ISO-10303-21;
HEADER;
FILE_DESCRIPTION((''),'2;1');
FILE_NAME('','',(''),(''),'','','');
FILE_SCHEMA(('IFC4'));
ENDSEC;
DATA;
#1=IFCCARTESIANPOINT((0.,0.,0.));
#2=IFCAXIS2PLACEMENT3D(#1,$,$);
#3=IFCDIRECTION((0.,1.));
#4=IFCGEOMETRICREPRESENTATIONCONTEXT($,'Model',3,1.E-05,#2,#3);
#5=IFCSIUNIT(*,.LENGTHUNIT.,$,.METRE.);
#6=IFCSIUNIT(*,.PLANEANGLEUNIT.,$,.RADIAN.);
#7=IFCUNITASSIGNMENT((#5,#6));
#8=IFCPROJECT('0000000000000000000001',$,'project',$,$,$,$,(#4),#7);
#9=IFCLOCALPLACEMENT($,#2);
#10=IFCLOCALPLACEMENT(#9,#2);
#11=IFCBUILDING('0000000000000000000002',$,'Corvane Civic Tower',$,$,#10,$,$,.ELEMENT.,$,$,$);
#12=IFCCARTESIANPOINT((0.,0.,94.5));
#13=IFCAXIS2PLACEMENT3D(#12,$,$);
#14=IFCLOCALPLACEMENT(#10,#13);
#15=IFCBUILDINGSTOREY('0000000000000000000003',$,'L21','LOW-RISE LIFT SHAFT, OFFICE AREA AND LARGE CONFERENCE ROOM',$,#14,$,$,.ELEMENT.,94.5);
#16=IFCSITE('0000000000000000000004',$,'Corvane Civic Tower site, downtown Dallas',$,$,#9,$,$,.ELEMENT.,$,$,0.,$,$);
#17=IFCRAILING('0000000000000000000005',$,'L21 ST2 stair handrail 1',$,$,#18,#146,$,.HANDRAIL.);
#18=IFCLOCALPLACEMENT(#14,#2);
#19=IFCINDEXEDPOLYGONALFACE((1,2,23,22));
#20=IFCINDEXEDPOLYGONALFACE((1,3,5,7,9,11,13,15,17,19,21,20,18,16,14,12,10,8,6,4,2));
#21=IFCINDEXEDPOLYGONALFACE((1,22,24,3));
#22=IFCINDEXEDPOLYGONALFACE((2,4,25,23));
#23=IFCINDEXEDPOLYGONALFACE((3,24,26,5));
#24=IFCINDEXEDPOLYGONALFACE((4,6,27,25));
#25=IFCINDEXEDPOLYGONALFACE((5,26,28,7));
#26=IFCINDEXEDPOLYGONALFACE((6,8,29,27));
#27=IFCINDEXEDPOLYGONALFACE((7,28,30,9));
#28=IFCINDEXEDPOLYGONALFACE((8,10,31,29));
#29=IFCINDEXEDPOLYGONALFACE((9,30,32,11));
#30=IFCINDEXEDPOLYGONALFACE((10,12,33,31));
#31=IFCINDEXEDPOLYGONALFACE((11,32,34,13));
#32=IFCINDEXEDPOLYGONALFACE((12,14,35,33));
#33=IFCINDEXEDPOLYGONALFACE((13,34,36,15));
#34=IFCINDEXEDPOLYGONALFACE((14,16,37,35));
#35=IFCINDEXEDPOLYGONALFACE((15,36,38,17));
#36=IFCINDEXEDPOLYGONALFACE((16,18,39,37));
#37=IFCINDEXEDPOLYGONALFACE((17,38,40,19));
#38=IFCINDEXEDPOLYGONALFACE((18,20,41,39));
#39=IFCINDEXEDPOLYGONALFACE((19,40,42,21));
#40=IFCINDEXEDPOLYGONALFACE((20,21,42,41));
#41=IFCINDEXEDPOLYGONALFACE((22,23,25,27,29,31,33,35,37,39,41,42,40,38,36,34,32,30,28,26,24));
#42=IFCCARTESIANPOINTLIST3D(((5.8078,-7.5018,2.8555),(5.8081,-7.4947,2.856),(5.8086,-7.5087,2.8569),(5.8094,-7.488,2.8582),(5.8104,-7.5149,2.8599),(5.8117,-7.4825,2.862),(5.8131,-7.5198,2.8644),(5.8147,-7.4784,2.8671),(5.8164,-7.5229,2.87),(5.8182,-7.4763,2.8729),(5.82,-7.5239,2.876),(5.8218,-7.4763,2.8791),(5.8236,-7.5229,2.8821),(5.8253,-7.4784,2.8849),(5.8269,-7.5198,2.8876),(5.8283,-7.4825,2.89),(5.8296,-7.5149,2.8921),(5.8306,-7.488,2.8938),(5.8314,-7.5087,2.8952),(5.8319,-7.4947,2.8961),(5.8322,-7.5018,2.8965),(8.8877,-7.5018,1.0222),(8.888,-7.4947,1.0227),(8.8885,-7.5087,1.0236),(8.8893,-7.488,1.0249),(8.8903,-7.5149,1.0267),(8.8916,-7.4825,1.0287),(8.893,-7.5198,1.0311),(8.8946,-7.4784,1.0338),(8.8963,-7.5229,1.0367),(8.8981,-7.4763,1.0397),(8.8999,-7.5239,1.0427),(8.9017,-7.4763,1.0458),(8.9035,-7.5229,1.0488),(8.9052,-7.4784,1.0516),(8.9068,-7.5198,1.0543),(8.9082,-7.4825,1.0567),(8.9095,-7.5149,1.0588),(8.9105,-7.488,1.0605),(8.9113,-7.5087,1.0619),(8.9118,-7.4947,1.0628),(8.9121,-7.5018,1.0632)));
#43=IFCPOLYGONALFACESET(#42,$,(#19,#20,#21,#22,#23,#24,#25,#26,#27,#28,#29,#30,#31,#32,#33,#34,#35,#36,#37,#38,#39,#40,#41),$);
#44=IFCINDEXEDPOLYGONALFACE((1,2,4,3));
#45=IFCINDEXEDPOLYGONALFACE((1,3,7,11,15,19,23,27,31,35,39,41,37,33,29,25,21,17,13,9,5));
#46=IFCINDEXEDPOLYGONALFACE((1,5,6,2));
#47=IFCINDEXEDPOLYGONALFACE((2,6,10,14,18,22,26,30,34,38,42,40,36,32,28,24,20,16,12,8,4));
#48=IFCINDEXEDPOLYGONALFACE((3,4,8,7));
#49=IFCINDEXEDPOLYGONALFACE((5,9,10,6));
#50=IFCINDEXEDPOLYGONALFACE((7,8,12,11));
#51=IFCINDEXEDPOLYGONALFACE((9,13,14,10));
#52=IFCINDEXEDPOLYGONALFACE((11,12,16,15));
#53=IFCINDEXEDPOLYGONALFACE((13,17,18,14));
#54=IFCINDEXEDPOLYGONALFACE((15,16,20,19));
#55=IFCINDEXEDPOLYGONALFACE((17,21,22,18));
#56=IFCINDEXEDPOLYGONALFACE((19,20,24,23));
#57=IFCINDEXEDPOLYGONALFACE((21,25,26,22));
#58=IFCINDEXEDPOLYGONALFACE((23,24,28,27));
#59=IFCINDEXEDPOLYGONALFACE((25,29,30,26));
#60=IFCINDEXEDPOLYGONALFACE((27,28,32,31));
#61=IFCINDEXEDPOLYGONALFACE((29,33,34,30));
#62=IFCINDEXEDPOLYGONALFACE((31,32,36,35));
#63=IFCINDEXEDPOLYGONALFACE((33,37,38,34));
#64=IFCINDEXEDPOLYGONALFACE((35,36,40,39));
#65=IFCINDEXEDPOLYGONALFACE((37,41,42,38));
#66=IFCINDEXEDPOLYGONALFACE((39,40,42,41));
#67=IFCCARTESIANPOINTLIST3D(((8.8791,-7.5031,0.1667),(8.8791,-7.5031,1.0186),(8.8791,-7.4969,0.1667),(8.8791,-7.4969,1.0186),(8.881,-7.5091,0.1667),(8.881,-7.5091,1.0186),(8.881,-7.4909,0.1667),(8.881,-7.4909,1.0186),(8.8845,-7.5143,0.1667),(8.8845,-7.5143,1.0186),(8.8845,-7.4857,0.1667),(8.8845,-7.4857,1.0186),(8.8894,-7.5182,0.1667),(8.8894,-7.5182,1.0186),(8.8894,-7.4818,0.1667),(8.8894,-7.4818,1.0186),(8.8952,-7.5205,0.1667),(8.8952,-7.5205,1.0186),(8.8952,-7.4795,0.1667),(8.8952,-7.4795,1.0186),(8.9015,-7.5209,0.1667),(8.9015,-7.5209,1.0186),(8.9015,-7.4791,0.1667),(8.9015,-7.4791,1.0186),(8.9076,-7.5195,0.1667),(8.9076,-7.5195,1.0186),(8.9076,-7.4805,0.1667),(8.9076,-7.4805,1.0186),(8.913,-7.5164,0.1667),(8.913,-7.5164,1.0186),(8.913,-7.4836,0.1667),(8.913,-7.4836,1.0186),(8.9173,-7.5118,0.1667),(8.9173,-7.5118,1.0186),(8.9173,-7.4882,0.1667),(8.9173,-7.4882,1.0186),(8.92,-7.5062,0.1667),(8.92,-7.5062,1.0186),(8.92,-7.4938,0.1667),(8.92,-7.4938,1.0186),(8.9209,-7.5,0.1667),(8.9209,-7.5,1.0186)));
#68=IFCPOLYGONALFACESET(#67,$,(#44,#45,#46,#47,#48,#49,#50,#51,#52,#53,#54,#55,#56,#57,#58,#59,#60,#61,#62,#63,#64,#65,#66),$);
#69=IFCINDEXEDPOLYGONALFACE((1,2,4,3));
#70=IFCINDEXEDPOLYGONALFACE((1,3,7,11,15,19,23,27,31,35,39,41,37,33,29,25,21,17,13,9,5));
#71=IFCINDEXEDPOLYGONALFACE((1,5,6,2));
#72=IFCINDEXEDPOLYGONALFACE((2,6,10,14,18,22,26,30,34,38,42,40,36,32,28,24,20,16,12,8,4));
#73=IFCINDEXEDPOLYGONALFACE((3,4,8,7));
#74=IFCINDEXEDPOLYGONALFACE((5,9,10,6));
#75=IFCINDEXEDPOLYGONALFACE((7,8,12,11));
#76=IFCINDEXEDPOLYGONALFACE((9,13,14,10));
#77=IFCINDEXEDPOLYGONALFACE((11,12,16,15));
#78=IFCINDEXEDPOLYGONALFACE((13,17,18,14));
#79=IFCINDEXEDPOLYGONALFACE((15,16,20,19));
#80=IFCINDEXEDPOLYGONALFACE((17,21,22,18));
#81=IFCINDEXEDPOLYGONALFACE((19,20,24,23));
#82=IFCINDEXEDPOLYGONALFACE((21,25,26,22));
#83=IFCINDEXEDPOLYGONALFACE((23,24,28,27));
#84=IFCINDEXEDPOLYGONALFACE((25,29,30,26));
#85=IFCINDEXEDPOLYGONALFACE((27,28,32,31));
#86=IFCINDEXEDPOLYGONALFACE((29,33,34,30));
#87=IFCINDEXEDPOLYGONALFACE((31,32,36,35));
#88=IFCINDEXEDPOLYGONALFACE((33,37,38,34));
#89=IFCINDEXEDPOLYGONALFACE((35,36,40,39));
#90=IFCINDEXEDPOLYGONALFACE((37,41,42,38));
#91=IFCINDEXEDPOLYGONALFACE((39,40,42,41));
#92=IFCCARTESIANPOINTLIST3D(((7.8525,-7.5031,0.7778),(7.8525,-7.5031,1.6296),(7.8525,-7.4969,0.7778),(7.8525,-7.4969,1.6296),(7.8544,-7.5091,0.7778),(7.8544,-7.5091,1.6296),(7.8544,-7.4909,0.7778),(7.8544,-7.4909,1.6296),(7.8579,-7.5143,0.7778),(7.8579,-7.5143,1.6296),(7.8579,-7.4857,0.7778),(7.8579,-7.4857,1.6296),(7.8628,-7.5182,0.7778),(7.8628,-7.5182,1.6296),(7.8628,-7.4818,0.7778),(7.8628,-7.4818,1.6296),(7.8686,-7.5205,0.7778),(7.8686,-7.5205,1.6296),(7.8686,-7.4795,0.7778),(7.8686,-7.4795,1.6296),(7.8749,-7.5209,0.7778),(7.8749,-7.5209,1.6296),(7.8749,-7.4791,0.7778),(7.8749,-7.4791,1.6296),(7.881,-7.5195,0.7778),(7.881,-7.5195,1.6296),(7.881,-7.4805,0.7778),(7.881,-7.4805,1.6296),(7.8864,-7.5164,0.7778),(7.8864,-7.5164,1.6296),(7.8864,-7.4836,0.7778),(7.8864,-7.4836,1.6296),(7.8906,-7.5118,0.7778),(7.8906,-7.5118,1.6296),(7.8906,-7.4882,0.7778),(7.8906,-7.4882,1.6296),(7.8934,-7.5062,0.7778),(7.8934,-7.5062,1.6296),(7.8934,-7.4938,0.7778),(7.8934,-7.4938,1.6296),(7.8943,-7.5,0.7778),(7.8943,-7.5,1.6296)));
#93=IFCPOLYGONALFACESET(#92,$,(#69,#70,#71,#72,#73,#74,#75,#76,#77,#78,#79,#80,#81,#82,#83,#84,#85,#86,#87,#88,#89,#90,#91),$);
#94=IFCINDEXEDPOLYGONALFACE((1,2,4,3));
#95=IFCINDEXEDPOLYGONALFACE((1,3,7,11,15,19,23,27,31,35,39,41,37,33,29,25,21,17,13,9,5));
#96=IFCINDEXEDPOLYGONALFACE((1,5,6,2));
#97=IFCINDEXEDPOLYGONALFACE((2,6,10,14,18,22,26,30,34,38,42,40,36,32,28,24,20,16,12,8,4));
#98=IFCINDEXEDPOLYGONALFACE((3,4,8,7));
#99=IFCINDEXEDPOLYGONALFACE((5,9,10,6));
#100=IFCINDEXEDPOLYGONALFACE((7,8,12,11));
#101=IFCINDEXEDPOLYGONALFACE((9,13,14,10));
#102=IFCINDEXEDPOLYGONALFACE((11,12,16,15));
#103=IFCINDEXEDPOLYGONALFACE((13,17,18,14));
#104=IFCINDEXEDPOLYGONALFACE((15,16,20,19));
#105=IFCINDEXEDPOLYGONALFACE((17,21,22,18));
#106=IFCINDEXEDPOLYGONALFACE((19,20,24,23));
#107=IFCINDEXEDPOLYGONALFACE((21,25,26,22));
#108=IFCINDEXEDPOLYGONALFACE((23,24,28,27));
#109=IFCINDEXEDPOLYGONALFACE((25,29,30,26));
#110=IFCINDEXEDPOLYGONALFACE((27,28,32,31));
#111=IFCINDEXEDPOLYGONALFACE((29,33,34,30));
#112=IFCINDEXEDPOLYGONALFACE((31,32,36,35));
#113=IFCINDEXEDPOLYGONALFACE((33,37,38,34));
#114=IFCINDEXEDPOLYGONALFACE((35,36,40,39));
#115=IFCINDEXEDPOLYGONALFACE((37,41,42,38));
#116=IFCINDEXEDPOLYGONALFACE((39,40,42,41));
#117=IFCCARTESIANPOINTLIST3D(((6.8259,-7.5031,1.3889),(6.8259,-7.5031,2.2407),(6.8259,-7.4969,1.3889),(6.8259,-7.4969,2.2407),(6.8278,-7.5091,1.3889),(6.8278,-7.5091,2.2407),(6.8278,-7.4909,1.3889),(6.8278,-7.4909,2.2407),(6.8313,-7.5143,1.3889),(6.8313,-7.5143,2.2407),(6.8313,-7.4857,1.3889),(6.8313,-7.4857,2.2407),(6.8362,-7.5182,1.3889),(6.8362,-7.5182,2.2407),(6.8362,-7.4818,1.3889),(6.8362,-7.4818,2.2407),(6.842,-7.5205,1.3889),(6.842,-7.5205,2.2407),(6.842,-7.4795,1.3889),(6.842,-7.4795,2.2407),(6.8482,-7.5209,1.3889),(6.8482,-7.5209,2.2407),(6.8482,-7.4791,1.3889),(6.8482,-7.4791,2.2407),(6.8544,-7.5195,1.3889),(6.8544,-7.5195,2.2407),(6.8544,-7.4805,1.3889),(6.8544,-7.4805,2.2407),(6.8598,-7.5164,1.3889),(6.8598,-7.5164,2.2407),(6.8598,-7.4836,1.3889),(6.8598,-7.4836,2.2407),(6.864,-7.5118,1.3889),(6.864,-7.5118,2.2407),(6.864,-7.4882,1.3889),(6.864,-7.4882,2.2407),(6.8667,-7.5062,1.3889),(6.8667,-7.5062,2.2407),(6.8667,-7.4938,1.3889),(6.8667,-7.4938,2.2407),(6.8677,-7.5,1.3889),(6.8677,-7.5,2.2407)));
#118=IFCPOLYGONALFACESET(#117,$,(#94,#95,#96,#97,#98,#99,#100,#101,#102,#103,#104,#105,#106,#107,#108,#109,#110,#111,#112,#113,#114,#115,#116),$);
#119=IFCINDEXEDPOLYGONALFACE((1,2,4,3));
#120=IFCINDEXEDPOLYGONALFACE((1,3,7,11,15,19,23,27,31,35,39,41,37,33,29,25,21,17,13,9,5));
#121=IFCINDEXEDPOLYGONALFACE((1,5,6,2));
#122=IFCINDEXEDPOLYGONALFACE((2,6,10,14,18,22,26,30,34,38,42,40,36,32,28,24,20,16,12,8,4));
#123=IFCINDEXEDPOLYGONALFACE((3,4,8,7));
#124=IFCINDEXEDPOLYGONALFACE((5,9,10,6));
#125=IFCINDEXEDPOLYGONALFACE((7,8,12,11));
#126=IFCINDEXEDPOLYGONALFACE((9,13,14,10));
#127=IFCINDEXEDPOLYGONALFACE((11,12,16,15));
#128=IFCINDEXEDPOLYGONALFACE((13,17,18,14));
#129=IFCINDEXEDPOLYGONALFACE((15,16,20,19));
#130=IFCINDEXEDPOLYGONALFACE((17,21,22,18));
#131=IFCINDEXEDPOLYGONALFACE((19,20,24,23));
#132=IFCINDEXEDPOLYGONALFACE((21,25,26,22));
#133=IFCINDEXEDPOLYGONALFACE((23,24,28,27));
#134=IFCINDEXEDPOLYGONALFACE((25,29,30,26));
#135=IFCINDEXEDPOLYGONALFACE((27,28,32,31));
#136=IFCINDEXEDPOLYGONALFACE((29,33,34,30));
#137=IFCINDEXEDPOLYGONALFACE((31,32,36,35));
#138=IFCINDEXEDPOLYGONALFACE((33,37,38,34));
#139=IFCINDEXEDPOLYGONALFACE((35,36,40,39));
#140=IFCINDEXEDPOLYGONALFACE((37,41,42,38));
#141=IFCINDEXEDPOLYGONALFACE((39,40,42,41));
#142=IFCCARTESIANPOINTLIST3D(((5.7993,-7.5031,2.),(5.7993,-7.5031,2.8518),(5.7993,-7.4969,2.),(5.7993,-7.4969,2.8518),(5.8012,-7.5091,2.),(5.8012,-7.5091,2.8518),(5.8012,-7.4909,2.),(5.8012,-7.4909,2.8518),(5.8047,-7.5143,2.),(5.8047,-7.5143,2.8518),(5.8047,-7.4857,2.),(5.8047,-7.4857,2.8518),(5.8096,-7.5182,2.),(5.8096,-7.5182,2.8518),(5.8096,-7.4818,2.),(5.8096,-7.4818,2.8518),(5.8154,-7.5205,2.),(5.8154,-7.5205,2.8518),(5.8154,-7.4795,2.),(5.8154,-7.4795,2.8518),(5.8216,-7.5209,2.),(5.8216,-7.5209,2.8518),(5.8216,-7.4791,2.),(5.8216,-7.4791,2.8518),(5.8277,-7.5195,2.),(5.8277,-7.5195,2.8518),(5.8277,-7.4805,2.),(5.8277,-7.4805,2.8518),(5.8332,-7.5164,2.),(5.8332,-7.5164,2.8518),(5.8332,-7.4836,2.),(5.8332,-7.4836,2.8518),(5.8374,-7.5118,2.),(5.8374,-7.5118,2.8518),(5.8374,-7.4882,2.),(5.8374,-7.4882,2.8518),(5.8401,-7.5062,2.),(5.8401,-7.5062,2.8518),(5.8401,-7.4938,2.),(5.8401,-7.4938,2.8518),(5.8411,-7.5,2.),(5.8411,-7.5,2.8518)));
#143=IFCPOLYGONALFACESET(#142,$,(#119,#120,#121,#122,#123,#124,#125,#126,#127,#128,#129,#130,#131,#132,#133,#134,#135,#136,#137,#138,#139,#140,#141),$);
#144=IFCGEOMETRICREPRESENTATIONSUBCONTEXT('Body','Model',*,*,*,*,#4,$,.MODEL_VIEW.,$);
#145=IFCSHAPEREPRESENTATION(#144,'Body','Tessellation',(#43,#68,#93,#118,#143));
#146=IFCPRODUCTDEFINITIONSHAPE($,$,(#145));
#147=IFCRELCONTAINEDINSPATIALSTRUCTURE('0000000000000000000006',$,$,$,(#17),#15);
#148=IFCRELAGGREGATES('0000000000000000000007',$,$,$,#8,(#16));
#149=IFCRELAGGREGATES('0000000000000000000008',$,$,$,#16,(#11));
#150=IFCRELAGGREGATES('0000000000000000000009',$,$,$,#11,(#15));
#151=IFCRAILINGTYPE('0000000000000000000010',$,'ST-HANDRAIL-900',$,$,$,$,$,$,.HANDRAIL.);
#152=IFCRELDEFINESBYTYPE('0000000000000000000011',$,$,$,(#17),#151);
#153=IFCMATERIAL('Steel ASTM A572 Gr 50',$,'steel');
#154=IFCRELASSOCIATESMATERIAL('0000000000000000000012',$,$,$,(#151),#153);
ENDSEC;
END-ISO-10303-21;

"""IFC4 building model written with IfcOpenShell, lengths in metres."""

from ifc_helpers import new_model, si_unit, direction, frame, origin, origin_2d, place, context, subcontext, project, spatial, circle, extrude, material, type_object, element, save


model = new_model("IFC4")

# Units and contexts
model_context = context("Model", 3, precision=1e-05, world=origin(), true_north=direction((0.0, 1.0)))
body_context = subcontext(model_context, "Body", "Model", "MODEL_VIEW")
ifc_project = project(units=[si_unit("LENGTHUNIT", "METRE"), si_unit("PLANEANGLEUNIT", "RADIAN")], contexts=[model_context])

# Site, building, storey
site_placement = place(None, origin())
site = spatial("IfcSite", under=ifc_project, at=site_placement, Name="Corvane Civic Tower site, downtown Dallas", CompositionType="ELEMENT", RefElevation=0.0)
building_placement = place(site_placement, origin())
building = spatial("IfcBuilding", under=site, at=building_placement, Name="Corvane Civic Tower", CompositionType="ELEMENT")
storey_placement = place(building_placement, frame((0.0, 0.0, 94.5)))
storey = spatial("IfcBuildingStorey", under=building, at=storey_placement, Name="L21", Description="LOW-RISE LIFT SHAFT, OFFICE AREA AND LARGE CONFERENCE ROOM", CompositionType="ELEMENT", Elevation=94.5)

# Railing
ifc_material_1 = material(Name="Steel ASTM A572 Gr 50", Category="steel")
railing_type_1 = type_object("IfcRailingType", Name="ST-HANDRAIL-900", PredefinedType="HANDRAIL", material=ifc_material_1)
railing_1_placement = place(storey_placement, frame((8.8999, -7.5, 0.1667)))
element("IfcRailing", 1, at=railing_1_placement, inside=storey, type_object=railing_type_1, Name="L21 ST2 stair handrail 1", PredefinedType="HANDRAIL", context=body_context, shape_type="SweptSolid", body=[
    extrude(circle(Radius=0.0239, at=origin_2d()), frame((0.0, 0.0, 0.876), z_axis=(-0.859291, 0.0, 0.511487), x_axis=(0.0, -1.0, 0.0)), (0.0, 0.0, 1.0), 3.5842),
    extrude(circle(Radius=0.021, at=origin_2d()), origin(), (0.0, 0.0, 1.0), 0.8518),
    extrude(circle(Radius=0.021, at=origin_2d()), frame((-1.0266, 0.0, 0.6111)), (0.0, 0.0, 1.0), 0.8518),
    extrude(circle(Radius=0.021, at=origin_2d()), frame((-2.0532, 0.0, 1.2222)), (0.0, 0.0, 1.0), 0.8518),
    extrude(circle(Radius=0.021, at=origin_2d()), frame((-3.0798, 0.0, 1.8333)), (0.0, 0.0, 1.0), 0.8518),
])

save(model, "model.ifc")
